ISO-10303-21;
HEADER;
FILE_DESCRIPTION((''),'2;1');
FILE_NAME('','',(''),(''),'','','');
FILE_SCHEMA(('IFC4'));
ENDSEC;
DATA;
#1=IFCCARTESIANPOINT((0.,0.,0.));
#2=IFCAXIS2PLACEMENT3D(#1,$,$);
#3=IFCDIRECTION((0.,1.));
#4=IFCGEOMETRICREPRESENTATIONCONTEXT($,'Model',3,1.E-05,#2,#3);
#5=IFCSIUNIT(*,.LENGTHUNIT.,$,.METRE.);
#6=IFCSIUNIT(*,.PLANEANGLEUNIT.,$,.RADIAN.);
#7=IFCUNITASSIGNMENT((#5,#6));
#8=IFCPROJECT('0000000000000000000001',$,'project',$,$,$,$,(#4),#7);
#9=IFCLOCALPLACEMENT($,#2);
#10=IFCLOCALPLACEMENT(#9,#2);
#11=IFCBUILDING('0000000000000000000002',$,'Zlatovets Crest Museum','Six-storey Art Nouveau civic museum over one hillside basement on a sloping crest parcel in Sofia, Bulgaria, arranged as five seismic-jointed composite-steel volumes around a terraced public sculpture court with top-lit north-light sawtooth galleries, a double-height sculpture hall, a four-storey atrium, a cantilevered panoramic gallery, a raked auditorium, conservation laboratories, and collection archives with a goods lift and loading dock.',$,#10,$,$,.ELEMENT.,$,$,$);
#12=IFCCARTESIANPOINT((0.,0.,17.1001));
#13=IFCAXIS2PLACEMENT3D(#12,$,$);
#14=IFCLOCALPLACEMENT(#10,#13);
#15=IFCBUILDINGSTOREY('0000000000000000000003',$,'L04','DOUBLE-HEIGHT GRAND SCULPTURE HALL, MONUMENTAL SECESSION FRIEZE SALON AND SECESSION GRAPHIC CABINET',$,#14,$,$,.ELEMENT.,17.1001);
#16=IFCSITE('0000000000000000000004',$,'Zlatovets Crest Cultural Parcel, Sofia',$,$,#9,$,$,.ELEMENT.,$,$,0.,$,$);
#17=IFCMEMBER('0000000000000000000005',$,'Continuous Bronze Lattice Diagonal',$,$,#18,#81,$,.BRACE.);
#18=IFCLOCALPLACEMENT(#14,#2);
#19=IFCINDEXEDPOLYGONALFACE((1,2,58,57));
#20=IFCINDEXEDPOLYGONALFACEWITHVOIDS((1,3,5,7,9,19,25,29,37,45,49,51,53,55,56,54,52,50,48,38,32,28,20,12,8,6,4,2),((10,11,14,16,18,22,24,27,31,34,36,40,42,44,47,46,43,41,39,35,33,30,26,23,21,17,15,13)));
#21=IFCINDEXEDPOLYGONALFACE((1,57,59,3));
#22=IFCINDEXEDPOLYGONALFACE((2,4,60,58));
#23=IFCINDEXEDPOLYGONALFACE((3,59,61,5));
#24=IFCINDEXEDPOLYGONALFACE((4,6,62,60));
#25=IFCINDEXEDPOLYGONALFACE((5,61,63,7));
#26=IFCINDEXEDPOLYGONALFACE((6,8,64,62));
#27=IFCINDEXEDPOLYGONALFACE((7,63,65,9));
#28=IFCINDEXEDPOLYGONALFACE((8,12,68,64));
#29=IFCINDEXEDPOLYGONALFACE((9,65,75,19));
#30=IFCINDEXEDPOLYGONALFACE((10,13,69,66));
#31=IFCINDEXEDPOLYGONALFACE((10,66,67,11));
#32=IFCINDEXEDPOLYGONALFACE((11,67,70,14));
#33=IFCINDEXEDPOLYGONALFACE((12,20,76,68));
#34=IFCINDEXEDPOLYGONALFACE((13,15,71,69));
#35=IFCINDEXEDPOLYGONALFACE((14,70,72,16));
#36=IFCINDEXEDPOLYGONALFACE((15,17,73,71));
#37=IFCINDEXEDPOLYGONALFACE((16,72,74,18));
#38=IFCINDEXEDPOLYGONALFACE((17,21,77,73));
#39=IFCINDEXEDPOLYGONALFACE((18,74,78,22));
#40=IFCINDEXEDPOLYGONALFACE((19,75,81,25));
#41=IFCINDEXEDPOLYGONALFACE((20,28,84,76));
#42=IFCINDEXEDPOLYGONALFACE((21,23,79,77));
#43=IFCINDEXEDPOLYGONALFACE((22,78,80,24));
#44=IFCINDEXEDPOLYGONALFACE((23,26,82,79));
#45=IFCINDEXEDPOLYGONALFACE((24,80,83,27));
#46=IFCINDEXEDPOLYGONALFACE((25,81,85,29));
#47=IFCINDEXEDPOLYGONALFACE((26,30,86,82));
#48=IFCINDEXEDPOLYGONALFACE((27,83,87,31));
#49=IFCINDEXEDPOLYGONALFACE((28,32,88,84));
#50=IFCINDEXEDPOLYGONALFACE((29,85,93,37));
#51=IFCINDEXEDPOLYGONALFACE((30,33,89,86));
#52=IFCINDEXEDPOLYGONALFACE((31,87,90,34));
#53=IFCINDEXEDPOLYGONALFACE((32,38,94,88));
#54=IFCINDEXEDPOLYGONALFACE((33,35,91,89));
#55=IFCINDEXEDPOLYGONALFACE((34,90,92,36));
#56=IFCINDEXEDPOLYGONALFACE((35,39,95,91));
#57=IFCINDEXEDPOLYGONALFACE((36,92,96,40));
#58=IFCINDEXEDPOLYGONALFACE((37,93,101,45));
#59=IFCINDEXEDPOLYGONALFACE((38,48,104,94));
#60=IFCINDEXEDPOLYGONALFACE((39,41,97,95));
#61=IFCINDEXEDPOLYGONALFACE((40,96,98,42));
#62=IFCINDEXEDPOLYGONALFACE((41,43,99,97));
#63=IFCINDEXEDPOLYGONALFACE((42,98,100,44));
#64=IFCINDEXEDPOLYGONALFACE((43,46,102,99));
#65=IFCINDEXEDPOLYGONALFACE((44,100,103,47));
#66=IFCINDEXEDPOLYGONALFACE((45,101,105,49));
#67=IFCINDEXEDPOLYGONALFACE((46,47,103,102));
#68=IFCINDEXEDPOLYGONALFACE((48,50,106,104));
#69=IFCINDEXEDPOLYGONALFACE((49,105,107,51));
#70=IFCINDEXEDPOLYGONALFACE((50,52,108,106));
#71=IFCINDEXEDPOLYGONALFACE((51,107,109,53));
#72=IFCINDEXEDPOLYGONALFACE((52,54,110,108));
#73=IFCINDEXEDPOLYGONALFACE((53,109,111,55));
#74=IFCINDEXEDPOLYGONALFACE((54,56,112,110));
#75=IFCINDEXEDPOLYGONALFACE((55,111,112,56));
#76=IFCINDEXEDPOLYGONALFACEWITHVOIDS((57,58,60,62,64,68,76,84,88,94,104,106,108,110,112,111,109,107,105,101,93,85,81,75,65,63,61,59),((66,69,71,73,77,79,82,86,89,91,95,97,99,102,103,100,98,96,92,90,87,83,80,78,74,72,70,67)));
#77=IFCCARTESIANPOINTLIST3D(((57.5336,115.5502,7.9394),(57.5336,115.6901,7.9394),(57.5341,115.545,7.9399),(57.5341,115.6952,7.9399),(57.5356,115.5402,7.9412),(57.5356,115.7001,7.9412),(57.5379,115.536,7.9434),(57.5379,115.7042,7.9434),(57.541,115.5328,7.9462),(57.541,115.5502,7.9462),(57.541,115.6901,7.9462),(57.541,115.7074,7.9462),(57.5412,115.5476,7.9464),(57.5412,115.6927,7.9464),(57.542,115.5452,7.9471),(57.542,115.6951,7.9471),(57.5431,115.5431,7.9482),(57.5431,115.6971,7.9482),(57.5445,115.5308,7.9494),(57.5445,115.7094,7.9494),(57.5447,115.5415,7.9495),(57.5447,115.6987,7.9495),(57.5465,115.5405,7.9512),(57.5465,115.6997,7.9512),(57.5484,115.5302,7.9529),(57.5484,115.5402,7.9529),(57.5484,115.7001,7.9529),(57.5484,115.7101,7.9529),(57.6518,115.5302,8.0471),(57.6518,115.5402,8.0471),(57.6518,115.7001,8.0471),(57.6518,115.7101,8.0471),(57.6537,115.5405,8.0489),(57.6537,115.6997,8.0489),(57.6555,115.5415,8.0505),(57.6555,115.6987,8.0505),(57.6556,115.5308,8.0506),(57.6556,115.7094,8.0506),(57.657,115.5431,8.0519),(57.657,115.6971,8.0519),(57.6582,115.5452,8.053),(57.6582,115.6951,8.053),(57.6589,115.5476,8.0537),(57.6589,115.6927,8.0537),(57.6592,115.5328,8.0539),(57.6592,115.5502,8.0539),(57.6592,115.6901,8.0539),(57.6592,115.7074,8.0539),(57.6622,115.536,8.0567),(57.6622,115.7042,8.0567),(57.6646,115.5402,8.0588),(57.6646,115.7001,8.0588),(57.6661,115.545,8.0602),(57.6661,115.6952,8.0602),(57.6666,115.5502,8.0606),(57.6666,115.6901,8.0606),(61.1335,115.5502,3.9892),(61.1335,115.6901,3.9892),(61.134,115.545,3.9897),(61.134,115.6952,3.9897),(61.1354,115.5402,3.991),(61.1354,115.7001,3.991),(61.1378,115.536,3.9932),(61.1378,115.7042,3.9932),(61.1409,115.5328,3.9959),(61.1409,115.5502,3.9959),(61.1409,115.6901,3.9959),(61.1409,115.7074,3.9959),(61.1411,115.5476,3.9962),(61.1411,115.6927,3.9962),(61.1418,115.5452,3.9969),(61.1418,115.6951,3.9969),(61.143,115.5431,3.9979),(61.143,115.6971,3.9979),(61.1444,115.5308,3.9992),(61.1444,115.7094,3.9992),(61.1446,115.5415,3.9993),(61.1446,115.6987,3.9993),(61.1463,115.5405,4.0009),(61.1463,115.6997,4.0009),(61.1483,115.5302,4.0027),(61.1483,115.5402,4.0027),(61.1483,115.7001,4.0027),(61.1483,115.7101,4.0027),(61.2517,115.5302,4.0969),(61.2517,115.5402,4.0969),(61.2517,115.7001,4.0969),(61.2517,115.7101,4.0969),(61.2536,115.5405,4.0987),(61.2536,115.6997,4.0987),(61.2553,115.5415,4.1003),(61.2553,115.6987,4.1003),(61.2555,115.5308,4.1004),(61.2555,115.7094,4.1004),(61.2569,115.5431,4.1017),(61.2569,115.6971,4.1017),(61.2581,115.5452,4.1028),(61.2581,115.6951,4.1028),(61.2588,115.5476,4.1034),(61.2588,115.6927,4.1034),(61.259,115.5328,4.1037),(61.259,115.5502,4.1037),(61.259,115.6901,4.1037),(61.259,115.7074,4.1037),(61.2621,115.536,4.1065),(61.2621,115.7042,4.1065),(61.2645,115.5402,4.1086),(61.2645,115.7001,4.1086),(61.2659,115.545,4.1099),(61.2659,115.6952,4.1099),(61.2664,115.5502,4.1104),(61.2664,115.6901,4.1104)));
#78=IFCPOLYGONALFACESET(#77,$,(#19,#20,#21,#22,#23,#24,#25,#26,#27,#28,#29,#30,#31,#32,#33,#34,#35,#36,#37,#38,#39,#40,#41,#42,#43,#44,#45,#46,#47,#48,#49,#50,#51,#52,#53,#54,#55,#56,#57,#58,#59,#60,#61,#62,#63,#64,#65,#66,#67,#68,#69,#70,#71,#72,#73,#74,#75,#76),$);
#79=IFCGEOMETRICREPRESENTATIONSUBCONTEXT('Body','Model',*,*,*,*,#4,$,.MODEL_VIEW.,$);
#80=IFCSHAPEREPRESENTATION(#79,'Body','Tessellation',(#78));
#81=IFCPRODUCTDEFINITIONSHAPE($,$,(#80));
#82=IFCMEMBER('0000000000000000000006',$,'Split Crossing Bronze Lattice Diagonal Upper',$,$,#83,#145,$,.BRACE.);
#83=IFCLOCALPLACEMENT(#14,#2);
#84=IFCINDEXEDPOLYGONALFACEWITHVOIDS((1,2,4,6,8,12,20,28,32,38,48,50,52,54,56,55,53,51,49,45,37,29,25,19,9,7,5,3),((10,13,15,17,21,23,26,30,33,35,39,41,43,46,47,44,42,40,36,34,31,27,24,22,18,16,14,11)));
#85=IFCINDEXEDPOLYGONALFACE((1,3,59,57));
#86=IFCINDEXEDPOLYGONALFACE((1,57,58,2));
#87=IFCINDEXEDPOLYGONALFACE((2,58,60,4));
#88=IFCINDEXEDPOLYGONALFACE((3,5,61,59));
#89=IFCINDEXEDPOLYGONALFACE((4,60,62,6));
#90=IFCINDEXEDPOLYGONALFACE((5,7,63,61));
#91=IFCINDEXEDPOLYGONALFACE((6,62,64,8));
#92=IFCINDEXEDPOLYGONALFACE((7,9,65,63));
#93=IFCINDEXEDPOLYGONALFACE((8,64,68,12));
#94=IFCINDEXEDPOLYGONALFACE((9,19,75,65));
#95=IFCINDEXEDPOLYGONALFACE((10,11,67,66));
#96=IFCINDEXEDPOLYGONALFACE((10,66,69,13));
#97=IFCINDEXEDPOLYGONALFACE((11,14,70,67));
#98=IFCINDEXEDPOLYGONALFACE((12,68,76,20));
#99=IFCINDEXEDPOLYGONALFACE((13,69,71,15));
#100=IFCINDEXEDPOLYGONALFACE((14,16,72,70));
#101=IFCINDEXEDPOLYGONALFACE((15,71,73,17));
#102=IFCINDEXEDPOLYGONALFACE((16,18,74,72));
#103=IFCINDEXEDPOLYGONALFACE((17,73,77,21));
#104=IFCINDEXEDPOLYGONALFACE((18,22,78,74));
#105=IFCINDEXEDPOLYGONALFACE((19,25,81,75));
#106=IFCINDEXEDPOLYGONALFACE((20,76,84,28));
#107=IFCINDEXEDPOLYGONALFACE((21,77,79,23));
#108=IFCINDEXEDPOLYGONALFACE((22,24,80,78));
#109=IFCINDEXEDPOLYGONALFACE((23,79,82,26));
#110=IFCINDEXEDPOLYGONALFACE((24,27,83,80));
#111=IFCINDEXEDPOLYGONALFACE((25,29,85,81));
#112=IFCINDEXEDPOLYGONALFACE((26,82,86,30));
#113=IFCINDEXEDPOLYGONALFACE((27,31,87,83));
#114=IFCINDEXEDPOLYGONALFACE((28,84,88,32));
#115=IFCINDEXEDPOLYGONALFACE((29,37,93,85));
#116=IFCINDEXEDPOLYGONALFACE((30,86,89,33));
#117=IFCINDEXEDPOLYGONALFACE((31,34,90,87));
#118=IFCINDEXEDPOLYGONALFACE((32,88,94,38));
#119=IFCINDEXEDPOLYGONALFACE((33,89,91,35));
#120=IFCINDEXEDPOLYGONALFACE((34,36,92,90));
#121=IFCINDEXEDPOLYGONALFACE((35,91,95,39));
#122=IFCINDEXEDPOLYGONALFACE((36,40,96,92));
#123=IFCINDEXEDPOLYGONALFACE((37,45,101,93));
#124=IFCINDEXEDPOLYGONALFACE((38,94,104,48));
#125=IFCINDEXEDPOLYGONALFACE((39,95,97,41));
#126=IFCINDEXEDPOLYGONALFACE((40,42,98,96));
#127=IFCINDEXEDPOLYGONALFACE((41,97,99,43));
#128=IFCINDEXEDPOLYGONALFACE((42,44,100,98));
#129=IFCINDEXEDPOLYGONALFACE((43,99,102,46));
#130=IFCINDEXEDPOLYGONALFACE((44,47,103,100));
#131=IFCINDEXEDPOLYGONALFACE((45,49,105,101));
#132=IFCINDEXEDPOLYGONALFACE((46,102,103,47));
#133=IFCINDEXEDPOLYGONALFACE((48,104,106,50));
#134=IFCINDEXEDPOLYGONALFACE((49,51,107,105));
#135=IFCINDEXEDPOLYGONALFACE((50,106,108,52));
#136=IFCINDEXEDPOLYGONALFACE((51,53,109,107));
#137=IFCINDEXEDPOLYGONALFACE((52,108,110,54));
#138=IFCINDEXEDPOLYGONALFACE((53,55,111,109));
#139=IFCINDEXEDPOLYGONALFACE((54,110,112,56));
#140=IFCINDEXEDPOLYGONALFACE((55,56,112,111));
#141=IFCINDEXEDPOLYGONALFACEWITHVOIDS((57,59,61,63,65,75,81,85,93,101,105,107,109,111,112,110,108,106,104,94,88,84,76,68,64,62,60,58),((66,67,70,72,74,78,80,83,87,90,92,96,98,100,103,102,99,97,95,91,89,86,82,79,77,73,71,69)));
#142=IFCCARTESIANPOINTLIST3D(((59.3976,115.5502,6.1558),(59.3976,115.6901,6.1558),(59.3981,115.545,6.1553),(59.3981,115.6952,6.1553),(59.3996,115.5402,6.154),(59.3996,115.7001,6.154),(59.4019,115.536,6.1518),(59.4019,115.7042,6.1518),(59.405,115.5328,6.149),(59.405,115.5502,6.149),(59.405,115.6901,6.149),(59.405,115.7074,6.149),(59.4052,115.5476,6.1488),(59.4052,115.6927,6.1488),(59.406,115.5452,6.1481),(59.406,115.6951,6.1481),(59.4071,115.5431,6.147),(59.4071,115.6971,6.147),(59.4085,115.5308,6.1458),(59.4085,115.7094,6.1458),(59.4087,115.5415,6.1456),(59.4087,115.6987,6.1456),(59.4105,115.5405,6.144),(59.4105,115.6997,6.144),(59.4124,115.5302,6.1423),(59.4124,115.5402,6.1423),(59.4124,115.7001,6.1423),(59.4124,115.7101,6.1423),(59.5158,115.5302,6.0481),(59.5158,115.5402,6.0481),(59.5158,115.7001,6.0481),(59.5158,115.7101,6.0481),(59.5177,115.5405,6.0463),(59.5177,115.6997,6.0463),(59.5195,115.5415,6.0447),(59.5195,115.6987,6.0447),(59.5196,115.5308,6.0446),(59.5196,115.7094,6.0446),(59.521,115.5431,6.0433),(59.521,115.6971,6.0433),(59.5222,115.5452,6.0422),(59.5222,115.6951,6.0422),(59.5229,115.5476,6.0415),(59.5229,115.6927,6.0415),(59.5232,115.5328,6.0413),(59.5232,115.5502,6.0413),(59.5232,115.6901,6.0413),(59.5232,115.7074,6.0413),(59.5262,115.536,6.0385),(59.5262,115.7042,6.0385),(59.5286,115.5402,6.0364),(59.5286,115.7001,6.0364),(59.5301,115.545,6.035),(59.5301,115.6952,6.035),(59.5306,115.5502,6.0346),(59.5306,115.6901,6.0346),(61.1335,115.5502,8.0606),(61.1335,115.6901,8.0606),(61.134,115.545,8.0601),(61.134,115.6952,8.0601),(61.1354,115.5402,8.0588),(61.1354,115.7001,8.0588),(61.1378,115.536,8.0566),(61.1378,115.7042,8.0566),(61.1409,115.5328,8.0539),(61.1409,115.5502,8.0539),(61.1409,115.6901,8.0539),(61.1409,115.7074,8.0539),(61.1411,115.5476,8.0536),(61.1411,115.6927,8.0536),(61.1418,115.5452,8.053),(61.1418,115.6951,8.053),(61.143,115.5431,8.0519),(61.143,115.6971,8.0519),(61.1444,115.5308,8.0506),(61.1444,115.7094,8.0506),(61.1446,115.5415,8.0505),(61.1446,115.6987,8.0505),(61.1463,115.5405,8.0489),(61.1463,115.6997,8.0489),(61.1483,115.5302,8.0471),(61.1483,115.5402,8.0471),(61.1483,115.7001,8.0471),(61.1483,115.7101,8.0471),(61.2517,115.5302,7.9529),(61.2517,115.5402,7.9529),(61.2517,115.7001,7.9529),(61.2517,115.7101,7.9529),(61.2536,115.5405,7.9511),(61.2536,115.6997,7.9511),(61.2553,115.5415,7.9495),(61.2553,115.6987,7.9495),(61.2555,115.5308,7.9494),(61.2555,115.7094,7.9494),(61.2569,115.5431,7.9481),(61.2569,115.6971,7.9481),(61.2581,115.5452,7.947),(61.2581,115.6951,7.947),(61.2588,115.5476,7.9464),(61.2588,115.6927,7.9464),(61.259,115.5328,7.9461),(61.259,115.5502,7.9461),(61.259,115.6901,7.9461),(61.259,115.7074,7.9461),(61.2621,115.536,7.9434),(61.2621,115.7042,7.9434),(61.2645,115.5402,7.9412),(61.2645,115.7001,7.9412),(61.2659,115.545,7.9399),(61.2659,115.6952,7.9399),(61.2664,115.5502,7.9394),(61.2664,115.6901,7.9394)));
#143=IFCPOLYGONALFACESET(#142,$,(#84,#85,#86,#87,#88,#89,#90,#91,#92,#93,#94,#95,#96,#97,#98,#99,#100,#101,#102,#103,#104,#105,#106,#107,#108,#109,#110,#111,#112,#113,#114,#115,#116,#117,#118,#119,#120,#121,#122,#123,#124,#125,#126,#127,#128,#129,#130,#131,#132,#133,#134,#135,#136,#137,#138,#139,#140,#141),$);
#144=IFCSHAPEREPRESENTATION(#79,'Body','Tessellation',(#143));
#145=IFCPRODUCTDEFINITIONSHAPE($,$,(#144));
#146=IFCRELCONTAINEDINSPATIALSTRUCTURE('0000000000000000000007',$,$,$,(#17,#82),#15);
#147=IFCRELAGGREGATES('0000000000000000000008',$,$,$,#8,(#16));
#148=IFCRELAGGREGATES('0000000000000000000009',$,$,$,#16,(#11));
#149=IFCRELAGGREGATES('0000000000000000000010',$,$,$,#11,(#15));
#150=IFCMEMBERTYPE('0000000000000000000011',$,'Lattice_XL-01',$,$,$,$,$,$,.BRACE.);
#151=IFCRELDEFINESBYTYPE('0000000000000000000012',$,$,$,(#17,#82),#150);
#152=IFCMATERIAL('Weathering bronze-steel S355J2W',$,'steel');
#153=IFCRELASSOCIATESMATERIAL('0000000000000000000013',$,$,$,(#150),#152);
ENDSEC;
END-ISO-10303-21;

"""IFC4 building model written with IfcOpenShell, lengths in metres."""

from ifc_helpers import new_model, si_unit, direction, frame, origin, origin_2d, place, context, subcontext, project, spatial, hollow_rectangle, extrude, material, material_profile, profile_set, type_object, element, save


model = new_model("IFC4")

# Units and contexts
model_context = context("Model", 3, precision=1e-05, world=origin(), true_north=direction((0.0, 1.0)))
body_context = subcontext(model_context, "Body", "Model", "MODEL_VIEW")
ifc_project = project(units=[si_unit("LENGTHUNIT", "METRE"), si_unit("PLANEANGLEUNIT", "RADIAN")], contexts=[model_context])

# Site, building, storey
site_placement = place(None, origin())
site = spatial("IfcSite", under=ifc_project, at=site_placement, Name="Zlatovets Crest Cultural Parcel, Sofia", CompositionType="ELEMENT", RefElevation=0.0)
building_placement = place(site_placement, origin())
building = spatial("IfcBuilding", under=site, at=building_placement, Name="Zlatovets Crest Museum", Description="Six-storey Art Nouveau civic museum over one hillside basement on a sloping crest parcel in Sofia, Bulgaria, arranged as five seismic-jointed composite-steel volumes around a terraced public sculpture court with top-lit north-light sawtooth galleries, a double-height sculpture hall, a four-storey atrium, a cantilevered panoramic gallery, a raked auditorium, conservation laboratories, and collection archives with a goods lift and loading dock.", CompositionType="ELEMENT")
storey_placement = place(building_placement, frame((0.0, 0.0, 17.1001)))
storey = spatial("IfcBuildingStorey", under=building, at=storey_placement, Name="L04", Description="DOUBLE-HEIGHT GRAND SCULPTURE HALL, MONUMENTAL SECESSION FRIEZE SALON AND SECESSION GRAPHIC CABINET", CompositionType="ELEMENT", Elevation=17.1001)

# Members
ifc_material_1 = material(Name="Weathering bronze-steel S355J2W", Category="steel")
ifc_material_profile_1 = material_profile(ifc_material_1, hollow_rectangle(XDim=0.1799, YDim=0.1799, WallThickness=0.01, InnerFilletRadius=0.01, OuterFilletRadius=0.02, at=origin_2d()), Name="SHS 180x180x10.0")
ifc_profile_set_1 = profile_set([ifc_material_profile_1], Name="Weathering bronze-steel S355J2W")
member_type_1 = type_object("IfcMemberType", Name="Lattice_XL-01", PredefinedType="BRACE", material=ifc_profile_set_1)
member_1_placement = place(storey_placement, frame((61.2, 115.6201, 4.0498), z_axis=(-0.67357, 0.0, 0.739123), x_axis=(0.0, -1.0, 0.0)))
element("IfcMember", 1, at=member_1_placement, inside=storey, type_object=member_type_1, Name="Continuous Bronze Lattice Diagonal", PredefinedType="BRACE", context=body_context, shape_type="SweptSolid", body=[
    extrude(hollow_rectangle(XDim=0.1799, YDim=0.1799, WallThickness=0.01, InnerFilletRadius=0.01, OuterFilletRadius=0.02, at=origin_2d()), origin(), (0.0, 0.0, 1.0), 5.3445),
])
for number, where, z_axis, x_axis, name in (
    (2, (61.2, 115.6201, 8.0), (-0.673568, 0.0, -0.739125), (0.0, -1.0, 0.0), "Split Crossing Bronze Lattice Diagonal Upper"),
):
    element("IfcMember", number, at=place(storey_placement, frame(where, z_axis=z_axis, x_axis=x_axis)), inside=storey, type_object=member_type_1, Name=name, PredefinedType="BRACE", context=body_context, shape_type="SweptSolid", body=[
        extrude(hollow_rectangle(XDim=0.1799, YDim=0.1799, WallThickness=0.01, InnerFilletRadius=0.01, OuterFilletRadius=0.02, at=origin_2d()), origin(), (0.0, 0.0, 1.0), 2.5771),
    ])

save(model, "model.ifc")
